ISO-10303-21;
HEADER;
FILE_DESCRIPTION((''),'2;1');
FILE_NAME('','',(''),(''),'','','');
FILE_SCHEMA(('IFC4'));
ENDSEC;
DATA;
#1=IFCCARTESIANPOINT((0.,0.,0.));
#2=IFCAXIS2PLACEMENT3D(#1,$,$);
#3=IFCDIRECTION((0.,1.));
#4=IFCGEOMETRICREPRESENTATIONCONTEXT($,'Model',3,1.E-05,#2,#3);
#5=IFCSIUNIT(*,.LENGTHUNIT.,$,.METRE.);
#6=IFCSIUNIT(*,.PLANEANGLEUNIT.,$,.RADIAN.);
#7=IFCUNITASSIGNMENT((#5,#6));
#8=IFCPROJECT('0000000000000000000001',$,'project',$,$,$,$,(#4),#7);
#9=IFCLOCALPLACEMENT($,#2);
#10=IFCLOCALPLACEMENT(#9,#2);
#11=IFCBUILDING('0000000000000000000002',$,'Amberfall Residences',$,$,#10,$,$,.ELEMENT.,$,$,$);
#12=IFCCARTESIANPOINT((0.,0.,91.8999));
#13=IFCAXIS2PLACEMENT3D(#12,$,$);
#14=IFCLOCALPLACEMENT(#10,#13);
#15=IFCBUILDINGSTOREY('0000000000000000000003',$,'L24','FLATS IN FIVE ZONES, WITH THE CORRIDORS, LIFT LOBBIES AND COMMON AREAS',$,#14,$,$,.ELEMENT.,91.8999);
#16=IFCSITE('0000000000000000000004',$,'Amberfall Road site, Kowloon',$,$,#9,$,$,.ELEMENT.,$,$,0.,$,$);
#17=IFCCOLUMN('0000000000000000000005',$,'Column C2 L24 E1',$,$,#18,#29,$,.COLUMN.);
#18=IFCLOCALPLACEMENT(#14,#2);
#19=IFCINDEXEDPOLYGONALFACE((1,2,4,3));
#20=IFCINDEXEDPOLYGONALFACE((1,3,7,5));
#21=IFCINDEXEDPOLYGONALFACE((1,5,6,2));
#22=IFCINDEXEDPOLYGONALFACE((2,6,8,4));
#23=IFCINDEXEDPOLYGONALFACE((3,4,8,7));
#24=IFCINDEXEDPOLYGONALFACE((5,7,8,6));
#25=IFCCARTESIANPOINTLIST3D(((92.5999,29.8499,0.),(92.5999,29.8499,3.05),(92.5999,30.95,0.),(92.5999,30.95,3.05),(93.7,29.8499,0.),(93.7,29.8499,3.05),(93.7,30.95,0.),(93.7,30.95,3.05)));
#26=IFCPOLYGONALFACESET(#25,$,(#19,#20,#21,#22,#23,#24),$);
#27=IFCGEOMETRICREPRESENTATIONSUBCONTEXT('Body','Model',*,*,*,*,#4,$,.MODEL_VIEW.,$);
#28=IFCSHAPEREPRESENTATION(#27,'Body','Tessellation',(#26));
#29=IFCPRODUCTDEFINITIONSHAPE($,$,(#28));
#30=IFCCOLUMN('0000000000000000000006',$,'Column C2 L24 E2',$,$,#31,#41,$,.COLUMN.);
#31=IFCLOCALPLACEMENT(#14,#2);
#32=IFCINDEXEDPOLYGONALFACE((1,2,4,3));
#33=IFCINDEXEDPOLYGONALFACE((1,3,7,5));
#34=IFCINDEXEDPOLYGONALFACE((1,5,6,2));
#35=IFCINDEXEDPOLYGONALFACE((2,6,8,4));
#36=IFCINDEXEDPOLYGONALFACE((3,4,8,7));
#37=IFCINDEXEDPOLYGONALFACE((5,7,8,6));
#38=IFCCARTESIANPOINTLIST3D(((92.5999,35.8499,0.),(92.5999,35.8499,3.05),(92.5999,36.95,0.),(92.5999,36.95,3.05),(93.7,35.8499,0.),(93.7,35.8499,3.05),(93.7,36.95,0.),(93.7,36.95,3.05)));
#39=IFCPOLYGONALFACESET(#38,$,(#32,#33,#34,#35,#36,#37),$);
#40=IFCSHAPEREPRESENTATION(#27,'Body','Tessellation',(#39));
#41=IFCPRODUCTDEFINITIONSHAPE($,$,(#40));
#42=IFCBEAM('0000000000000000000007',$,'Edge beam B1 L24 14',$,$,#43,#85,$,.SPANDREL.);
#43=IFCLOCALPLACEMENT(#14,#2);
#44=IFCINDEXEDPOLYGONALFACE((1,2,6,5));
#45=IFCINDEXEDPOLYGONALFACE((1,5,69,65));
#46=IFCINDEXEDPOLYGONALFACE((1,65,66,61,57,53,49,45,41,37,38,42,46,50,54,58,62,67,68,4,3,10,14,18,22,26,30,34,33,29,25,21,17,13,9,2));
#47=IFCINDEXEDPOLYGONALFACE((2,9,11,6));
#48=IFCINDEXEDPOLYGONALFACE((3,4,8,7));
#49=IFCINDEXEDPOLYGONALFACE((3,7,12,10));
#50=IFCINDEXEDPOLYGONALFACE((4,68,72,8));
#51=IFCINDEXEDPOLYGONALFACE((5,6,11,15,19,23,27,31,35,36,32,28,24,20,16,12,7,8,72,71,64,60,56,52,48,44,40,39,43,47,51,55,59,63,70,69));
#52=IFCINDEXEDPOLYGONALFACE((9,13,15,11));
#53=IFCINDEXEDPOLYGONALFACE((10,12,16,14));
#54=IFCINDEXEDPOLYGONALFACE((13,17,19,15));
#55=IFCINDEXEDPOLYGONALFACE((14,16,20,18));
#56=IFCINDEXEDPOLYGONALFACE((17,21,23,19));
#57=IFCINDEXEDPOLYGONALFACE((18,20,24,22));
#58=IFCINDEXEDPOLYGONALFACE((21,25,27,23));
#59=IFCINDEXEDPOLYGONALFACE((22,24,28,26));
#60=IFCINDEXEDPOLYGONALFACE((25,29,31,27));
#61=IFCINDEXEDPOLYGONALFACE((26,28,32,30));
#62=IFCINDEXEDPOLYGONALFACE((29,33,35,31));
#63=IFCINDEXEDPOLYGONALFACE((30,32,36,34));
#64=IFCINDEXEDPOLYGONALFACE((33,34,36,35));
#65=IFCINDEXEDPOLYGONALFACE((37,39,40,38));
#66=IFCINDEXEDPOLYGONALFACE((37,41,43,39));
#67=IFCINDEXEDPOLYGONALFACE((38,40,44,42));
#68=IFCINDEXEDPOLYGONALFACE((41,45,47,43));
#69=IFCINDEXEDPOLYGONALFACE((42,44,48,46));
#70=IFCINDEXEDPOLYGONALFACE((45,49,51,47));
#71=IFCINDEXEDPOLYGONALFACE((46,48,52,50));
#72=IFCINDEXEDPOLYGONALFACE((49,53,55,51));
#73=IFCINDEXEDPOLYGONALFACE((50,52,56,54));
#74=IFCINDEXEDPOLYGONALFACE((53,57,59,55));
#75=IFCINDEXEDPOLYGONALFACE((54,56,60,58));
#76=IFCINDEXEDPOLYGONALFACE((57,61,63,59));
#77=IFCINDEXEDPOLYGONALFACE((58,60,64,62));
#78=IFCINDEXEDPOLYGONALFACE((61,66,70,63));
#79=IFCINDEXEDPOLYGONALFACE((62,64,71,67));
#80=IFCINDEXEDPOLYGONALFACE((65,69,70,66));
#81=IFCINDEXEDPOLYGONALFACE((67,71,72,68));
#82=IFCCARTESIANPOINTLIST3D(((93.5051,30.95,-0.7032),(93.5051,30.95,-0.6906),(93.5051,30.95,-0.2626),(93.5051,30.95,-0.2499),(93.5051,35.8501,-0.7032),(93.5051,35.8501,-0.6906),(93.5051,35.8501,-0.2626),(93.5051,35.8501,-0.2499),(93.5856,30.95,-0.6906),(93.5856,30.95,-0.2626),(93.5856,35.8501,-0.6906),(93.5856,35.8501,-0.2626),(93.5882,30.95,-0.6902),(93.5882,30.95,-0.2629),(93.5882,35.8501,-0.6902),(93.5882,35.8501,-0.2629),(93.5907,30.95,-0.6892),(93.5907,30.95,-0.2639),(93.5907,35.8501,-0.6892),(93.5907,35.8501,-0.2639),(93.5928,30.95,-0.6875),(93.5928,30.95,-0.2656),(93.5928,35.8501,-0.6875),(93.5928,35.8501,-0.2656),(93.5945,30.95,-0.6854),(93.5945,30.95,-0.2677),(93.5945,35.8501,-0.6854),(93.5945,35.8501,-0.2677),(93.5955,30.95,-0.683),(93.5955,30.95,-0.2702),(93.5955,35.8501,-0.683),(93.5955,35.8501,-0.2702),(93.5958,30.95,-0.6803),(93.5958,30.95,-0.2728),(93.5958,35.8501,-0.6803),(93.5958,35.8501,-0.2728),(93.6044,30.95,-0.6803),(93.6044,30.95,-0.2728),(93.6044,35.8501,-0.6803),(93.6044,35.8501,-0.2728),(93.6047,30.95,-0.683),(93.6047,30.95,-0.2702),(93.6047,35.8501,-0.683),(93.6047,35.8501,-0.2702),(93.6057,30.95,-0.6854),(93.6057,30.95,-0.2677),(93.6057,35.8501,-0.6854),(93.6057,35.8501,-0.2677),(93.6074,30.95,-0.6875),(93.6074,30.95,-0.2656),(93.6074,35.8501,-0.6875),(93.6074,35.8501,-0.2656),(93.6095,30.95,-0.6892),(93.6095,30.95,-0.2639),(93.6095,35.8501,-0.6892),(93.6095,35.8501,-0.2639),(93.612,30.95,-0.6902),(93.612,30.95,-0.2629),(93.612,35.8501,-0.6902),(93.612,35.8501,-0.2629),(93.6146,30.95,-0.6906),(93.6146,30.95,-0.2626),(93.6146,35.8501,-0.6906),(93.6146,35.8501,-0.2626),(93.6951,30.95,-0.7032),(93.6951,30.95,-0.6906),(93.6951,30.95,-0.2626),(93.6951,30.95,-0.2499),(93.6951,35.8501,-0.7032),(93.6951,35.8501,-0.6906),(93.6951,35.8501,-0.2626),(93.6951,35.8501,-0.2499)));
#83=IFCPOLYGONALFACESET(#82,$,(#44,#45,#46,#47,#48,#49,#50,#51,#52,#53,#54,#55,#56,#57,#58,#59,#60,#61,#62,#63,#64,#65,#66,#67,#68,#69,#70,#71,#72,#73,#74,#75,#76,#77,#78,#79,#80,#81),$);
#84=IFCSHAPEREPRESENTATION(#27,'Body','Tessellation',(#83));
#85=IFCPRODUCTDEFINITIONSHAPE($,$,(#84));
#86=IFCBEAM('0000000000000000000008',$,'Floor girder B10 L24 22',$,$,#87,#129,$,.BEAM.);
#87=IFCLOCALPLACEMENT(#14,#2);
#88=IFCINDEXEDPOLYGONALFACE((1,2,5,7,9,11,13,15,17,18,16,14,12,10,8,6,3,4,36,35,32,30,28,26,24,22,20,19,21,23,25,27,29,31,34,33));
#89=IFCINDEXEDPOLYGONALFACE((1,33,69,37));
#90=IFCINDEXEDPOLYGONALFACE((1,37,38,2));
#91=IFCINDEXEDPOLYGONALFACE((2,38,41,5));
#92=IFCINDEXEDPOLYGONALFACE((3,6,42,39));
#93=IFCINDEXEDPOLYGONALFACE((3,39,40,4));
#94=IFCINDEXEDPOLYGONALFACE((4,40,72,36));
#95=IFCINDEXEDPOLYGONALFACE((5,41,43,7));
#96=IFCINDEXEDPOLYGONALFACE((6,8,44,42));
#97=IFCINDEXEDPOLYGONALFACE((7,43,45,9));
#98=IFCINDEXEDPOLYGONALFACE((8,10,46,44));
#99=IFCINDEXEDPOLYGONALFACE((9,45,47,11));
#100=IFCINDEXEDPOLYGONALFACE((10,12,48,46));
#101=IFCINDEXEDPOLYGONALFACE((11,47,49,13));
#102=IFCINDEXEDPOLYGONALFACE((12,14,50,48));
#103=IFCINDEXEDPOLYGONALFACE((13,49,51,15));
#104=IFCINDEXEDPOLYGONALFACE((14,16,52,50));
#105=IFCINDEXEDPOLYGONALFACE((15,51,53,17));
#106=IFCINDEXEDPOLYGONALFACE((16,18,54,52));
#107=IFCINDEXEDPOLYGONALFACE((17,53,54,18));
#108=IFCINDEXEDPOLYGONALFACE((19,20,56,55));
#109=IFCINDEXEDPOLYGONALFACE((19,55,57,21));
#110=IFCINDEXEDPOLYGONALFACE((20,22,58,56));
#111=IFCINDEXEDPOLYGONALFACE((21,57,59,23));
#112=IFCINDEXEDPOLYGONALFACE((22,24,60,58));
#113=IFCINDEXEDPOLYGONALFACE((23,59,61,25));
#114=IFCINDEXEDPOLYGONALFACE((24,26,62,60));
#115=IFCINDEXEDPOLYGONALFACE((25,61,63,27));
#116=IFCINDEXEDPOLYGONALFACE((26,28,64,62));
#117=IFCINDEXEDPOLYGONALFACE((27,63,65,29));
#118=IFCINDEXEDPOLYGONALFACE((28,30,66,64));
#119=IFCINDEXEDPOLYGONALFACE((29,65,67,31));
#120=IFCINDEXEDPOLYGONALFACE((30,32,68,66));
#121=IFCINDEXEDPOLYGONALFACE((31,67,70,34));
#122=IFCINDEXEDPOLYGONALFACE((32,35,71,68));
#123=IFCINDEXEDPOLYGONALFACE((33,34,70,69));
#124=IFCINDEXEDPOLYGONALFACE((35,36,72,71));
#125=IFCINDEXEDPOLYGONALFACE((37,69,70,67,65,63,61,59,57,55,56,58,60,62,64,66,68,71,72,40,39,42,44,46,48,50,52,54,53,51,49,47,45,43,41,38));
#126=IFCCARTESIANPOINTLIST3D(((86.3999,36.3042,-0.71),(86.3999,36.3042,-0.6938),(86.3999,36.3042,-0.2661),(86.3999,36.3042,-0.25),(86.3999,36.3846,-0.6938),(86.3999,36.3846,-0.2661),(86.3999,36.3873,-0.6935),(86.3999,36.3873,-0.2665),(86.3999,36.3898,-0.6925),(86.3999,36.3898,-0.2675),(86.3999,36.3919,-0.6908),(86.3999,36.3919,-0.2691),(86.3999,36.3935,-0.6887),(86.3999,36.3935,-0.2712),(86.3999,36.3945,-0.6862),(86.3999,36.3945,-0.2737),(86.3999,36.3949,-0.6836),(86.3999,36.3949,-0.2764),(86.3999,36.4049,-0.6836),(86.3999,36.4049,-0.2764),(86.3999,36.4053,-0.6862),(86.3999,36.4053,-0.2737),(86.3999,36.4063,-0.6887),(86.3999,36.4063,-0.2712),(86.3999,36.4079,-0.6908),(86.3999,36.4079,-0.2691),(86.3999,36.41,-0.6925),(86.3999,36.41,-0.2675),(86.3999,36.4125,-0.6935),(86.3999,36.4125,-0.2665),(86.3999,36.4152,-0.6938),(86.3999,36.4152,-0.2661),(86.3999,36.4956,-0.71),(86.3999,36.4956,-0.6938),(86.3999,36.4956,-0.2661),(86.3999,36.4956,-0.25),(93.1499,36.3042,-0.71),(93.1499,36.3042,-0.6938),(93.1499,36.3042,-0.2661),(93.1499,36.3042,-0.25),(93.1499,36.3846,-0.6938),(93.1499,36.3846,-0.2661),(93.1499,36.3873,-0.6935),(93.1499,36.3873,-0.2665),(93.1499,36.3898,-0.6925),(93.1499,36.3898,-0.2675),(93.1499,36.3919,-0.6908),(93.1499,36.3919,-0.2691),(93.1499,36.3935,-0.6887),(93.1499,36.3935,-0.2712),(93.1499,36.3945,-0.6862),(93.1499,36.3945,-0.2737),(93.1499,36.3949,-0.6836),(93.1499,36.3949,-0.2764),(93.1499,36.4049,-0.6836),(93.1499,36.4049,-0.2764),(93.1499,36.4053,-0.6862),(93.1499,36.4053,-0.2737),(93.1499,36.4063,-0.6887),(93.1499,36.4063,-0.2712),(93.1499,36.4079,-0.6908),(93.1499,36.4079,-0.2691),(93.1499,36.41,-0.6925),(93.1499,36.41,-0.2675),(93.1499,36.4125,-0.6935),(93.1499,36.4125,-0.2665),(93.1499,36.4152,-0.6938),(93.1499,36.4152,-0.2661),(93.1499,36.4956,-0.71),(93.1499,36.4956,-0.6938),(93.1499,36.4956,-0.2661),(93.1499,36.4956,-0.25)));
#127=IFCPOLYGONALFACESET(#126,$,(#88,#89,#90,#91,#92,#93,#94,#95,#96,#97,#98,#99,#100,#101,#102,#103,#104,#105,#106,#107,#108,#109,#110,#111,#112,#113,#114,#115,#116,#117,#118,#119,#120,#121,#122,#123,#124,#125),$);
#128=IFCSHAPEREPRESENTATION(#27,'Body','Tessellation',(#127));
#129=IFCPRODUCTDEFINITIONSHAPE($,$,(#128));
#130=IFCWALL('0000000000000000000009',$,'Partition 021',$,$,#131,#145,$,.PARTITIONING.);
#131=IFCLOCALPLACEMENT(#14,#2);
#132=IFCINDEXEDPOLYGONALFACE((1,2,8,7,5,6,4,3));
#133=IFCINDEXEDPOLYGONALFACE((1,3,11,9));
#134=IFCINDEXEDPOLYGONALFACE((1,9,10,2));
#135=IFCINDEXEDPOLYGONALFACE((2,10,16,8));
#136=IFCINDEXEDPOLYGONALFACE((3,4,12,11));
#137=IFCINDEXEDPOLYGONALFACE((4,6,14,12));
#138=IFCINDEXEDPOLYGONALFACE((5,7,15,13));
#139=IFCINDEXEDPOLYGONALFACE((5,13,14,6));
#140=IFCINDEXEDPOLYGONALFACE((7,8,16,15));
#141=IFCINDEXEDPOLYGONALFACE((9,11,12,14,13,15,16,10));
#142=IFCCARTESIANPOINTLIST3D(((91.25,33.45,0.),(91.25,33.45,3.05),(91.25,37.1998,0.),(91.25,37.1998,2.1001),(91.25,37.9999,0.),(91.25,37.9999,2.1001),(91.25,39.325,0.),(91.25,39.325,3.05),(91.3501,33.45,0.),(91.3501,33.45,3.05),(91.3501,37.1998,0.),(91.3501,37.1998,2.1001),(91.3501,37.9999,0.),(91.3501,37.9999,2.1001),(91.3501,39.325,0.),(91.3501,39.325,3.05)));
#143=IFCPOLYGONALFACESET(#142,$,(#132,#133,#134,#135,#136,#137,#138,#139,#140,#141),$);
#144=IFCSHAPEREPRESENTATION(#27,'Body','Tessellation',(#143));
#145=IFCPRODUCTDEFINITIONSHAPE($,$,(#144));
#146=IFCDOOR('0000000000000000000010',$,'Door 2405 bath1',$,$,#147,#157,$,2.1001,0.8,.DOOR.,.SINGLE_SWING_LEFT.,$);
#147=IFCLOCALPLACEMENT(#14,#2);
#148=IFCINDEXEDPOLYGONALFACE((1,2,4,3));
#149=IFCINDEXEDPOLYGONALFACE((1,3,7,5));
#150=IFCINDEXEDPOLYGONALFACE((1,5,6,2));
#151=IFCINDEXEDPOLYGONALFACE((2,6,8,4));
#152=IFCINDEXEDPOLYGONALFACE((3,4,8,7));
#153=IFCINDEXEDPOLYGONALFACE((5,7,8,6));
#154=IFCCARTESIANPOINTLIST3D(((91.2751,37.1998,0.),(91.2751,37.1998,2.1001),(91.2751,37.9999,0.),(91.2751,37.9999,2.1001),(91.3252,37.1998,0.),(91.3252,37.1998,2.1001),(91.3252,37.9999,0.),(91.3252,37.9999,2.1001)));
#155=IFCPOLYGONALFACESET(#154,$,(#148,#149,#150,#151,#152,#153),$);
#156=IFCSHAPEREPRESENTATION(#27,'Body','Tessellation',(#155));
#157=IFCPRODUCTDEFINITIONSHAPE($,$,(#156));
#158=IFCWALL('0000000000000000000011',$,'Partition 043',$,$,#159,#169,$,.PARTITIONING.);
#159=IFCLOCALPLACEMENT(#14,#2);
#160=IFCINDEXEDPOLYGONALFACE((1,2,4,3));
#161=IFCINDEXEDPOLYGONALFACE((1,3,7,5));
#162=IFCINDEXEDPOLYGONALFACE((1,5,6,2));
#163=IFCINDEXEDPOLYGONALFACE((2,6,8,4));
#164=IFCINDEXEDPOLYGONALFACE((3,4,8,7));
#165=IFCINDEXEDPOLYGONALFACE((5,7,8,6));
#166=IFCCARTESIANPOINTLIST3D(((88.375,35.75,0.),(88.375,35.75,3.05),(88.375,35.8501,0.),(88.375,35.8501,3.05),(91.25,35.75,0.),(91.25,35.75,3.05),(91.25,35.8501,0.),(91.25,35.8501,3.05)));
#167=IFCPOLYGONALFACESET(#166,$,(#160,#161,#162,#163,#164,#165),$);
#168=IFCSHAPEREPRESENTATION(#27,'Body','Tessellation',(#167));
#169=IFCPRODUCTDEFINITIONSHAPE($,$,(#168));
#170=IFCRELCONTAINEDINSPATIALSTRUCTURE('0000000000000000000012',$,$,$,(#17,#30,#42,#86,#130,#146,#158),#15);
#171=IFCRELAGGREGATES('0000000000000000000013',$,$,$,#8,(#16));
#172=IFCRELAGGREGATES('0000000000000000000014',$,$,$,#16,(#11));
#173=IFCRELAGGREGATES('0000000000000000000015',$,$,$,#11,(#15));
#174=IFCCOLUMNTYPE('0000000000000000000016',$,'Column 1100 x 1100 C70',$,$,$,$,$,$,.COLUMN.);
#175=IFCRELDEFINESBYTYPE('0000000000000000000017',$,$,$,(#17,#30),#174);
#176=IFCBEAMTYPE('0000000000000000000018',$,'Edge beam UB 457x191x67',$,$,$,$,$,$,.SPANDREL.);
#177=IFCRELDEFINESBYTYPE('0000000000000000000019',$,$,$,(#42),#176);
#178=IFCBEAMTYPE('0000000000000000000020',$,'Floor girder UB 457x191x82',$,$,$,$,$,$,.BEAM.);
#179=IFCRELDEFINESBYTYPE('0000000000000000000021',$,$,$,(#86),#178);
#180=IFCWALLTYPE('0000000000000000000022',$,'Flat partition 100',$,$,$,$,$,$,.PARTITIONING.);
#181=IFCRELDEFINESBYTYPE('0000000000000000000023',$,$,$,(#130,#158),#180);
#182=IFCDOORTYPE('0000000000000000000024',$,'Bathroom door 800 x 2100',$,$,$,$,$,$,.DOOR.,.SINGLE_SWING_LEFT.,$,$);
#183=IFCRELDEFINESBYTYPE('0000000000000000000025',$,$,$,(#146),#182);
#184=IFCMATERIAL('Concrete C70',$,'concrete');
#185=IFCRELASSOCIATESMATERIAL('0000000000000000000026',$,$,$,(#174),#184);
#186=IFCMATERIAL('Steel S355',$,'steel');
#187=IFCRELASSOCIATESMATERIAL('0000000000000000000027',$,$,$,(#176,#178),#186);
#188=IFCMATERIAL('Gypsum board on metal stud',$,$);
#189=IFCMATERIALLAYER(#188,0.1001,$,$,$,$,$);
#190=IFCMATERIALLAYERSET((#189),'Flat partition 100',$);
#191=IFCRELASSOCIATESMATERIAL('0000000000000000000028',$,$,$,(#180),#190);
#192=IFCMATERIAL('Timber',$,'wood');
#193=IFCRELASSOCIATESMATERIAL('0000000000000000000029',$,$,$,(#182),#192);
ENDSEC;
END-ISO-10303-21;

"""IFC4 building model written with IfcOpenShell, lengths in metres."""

from ifc_helpers import new_model, si_unit, direction, frame, frame_2d, origin, origin_2d, place, context, subcontext, project, spatial, rectangle, i_section, extrude, material, layer, layer_set, material_profile, profile_set, type_object, element, fill, save


model = new_model("IFC4")

# Units and contexts
model_context = context("Model", 3, precision=1e-05, world=origin(), true_north=direction((0.0, 1.0)))
body_context = subcontext(model_context, "Body", "Model", "MODEL_VIEW")
ifc_project = project(units=[si_unit("LENGTHUNIT", "METRE"), si_unit("PLANEANGLEUNIT", "RADIAN")], contexts=[model_context])

# Site, building, storey
site_placement = place(None, origin())
site = spatial("IfcSite", under=ifc_project, at=site_placement, Name="Amberfall Road site, Kowloon", CompositionType="ELEMENT", RefElevation=0.0)
building_placement = place(site_placement, origin())
building = spatial("IfcBuilding", under=site, at=building_placement, Name="Amberfall Residences", CompositionType="ELEMENT")
storey_placement = place(building_placement, frame((0.0, 0.0, 91.8999)))
storey = spatial("IfcBuildingStorey", under=building, at=storey_placement, Name="L24", Description="FLATS IN FIVE ZONES, WITH THE CORRIDORS, LIFT LOBBIES AND COMMON AREAS", CompositionType="ELEMENT", Elevation=91.8999)

# Columns
ifc_material_1 = material(Name="Concrete C70", Category="concrete")
ifc_material_profile_1 = material_profile(ifc_material_1, rectangle(XDim=1.1001, YDim=1.1001, at=origin_2d()), Name="Column 1100 x 1100 C70")
ifc_profile_set_1 = profile_set([ifc_material_profile_1], Name="Concrete C70")
column_type = type_object("IfcColumnType", Name="Column 1100 x 1100 C70", PredefinedType="COLUMN", material=ifc_profile_set_1)
for number, where, z_axis, x_axis, name in (
    (1, (93.1499, 30.3999, 0.0), (0.0, 0.0, 1.0), (1.0, 0.0, 0.0), "Column C2 L24 E1"),
    (2, (93.1499, 36.3999, 0.0), (0.0, 0.0, 1.0), (1.0, 0.0, 0.0), "Column C2 L24 E2"),
):
    element("IfcColumn", number, at=place(storey_placement, frame(where, z_axis=z_axis, x_axis=x_axis)), inside=storey, type_object=column_type, Name=name, PredefinedType="COLUMN", context=body_context, shape_type="SweptSolid", body=[
        extrude(rectangle(XDim=1.1001, YDim=1.1001, at=origin_2d()), origin(), (0.0, 0.0, 1.0), 3.05),
    ])

# Beams
ifc_material_2 = material(Name="Steel S355", Category="steel")
ifc_material_profile_2 = material_profile(ifc_material_2, i_section(OverallWidth=0.1899, OverallDepth=0.4534, WebThickness=0.0085, FlangeThickness=0.0127, FilletRadius=0.0103, at=origin_2d()), Name="UB 457x191x67")
ifc_profile_set_2 = profile_set([ifc_material_profile_2], Name="Steel S355")
beam_type_1 = type_object("IfcBeamType", Name="Edge beam UB 457x191x67", PredefinedType="SPANDREL", material=ifc_profile_set_2)
beam_1_placement = place(storey_placement, frame((93.6001, 30.95, -0.4766), z_axis=(0.0, 1.0, 0.0), x_axis=(-1.0, 0.0, 0.0)))
element("IfcBeam", 3, at=beam_1_placement, inside=storey, type_object=beam_type_1, Name="Edge beam B1 L24 14", PredefinedType="SPANDREL", context=body_context, shape_type="SweptSolid", body=[
    extrude(i_section(OverallWidth=0.1899, OverallDepth=0.4534, WebThickness=0.0085, FlangeThickness=0.0127, FilletRadius=0.0103, at=origin_2d()), origin(), (0.0, 0.0, 1.0), 4.9001),
])
ifc_material_profile_3 = material_profile(ifc_material_2, i_section(OverallWidth=0.1914, OverallDepth=0.46, WebThickness=0.01, FlangeThickness=0.0161, FilletRadius=0.0103, at=origin_2d()), Name="UB 457x191x82")
ifc_profile_set_3 = profile_set([ifc_material_profile_3], Name="Steel S355")
beam_type_2 = type_object("IfcBeamType", Name="Floor girder UB 457x191x82", PredefinedType="BEAM", material=ifc_profile_set_3)
beam_2_placement = place(storey_placement, frame((93.1499, 36.3999, -0.48), z_axis=(-1.0, 0.0, 0.0), x_axis=(0.0, -1.0, 0.0)))
element("IfcBeam", 4, at=beam_2_placement, inside=storey, type_object=beam_type_2, Name="Floor girder B10 L24 22", PredefinedType="BEAM", context=body_context, shape_type="SweptSolid", body=[
    extrude(i_section(OverallWidth=0.1914, OverallDepth=0.46, WebThickness=0.01, FlangeThickness=0.0161, FilletRadius=0.0103, at=origin_2d()), origin(), (0.0, 0.0, 1.0), 6.75),
])

# Wall, opening, door
ifc_material_3 = material(Name="Gypsum board on metal stud")
ifc_layer_1 = layer(ifc_material_3, 0.1001)
ifc_layer_set_1 = layer_set([ifc_layer_1], Name="Flat partition 100")
wall_type_1 = type_object("IfcWallType", Name="Flat partition 100", PredefinedType="PARTITIONING", material=ifc_layer_set_1)
wall_1_placement = place(storey_placement, frame((91.3, 33.45, 0.0), z_axis=(0.0, 0.0, 1.0), x_axis=(0.0, 1.0, 0.0)))
wall_1 = element("IfcWall", 5, at=wall_1_placement, inside=storey, type_object=wall_type_1, Name="Partition 021", PredefinedType="PARTITIONING", context=body_context, shape_type="SweptSolid", body=[
    extrude(rectangle(XDim=5.875, YDim=0.1001, at=frame_2d((2.9375, 0.0))), origin(), (0.0, 0.0, 1.0), 3.05),
])
opening_1_placement = place(wall_1_placement, frame((3.75, 0.0, 0.0)))
opening_1 = element("IfcOpeningElement", 6, at=opening_1_placement, cuts=wall_1, PredefinedType="OPENING", context=body_context, shape_type="SweptSolid", body=[
    extrude(rectangle(XDim=0.8, YDim=2.1001, at=frame_2d((0.3999, 1.05))), frame((0.0, 0.0601, 0.0), z_axis=(0.0, -1.0, 0.0), x_axis=(1.0, 0.0, 0.0)), (0.0, 0.0, 1.0), 0.1201),
])
ifc_material_4 = material(Name="Timber", Category="wood")
door_type_1 = type_object("IfcDoorType", Name="Bathroom door 800 x 2100", OperationType="SINGLE_SWING_LEFT", PredefinedType="DOOR", material=ifc_material_4)
door_1_placement = place(opening_1_placement, origin())
door_1 = element("IfcDoor", 7, at=door_1_placement, inside=storey, type_object=door_type_1, Name="Door 2405 bath1", OperationType="SINGLE_SWING_LEFT", OverallHeight=2.1001, OverallWidth=0.8, PredefinedType="DOOR", context=body_context, shape_type="SweptSolid", body=[
    extrude(rectangle(XDim=0.8, YDim=2.1001, at=frame_2d((0.3999, 1.05))), frame((0.0, 0.0249, 0.0), z_axis=(0.0, -1.0, 0.0), x_axis=(1.0, 0.0, 0.0)), (0.0, 0.0, 1.0), 0.05),
])
fill(opening_1, door_1)

# Wall
wall_2_placement = place(storey_placement, frame((88.375, 35.8, 0.0), z_axis=(0.0, 0.0, 1.0), x_axis=(1.0, 0.0, 0.0)))
element("IfcWall", 8, at=wall_2_placement, inside=storey, type_object=wall_type_1, Name="Partition 043", PredefinedType="PARTITIONING", context=body_context, shape_type="SweptSolid", body=[
    extrude(rectangle(XDim=2.875, YDim=0.1001, at=frame_2d((1.4375, 0.0))), origin(), (0.0, 0.0, 1.0), 3.05),
])

save(model, "model.ifc")
